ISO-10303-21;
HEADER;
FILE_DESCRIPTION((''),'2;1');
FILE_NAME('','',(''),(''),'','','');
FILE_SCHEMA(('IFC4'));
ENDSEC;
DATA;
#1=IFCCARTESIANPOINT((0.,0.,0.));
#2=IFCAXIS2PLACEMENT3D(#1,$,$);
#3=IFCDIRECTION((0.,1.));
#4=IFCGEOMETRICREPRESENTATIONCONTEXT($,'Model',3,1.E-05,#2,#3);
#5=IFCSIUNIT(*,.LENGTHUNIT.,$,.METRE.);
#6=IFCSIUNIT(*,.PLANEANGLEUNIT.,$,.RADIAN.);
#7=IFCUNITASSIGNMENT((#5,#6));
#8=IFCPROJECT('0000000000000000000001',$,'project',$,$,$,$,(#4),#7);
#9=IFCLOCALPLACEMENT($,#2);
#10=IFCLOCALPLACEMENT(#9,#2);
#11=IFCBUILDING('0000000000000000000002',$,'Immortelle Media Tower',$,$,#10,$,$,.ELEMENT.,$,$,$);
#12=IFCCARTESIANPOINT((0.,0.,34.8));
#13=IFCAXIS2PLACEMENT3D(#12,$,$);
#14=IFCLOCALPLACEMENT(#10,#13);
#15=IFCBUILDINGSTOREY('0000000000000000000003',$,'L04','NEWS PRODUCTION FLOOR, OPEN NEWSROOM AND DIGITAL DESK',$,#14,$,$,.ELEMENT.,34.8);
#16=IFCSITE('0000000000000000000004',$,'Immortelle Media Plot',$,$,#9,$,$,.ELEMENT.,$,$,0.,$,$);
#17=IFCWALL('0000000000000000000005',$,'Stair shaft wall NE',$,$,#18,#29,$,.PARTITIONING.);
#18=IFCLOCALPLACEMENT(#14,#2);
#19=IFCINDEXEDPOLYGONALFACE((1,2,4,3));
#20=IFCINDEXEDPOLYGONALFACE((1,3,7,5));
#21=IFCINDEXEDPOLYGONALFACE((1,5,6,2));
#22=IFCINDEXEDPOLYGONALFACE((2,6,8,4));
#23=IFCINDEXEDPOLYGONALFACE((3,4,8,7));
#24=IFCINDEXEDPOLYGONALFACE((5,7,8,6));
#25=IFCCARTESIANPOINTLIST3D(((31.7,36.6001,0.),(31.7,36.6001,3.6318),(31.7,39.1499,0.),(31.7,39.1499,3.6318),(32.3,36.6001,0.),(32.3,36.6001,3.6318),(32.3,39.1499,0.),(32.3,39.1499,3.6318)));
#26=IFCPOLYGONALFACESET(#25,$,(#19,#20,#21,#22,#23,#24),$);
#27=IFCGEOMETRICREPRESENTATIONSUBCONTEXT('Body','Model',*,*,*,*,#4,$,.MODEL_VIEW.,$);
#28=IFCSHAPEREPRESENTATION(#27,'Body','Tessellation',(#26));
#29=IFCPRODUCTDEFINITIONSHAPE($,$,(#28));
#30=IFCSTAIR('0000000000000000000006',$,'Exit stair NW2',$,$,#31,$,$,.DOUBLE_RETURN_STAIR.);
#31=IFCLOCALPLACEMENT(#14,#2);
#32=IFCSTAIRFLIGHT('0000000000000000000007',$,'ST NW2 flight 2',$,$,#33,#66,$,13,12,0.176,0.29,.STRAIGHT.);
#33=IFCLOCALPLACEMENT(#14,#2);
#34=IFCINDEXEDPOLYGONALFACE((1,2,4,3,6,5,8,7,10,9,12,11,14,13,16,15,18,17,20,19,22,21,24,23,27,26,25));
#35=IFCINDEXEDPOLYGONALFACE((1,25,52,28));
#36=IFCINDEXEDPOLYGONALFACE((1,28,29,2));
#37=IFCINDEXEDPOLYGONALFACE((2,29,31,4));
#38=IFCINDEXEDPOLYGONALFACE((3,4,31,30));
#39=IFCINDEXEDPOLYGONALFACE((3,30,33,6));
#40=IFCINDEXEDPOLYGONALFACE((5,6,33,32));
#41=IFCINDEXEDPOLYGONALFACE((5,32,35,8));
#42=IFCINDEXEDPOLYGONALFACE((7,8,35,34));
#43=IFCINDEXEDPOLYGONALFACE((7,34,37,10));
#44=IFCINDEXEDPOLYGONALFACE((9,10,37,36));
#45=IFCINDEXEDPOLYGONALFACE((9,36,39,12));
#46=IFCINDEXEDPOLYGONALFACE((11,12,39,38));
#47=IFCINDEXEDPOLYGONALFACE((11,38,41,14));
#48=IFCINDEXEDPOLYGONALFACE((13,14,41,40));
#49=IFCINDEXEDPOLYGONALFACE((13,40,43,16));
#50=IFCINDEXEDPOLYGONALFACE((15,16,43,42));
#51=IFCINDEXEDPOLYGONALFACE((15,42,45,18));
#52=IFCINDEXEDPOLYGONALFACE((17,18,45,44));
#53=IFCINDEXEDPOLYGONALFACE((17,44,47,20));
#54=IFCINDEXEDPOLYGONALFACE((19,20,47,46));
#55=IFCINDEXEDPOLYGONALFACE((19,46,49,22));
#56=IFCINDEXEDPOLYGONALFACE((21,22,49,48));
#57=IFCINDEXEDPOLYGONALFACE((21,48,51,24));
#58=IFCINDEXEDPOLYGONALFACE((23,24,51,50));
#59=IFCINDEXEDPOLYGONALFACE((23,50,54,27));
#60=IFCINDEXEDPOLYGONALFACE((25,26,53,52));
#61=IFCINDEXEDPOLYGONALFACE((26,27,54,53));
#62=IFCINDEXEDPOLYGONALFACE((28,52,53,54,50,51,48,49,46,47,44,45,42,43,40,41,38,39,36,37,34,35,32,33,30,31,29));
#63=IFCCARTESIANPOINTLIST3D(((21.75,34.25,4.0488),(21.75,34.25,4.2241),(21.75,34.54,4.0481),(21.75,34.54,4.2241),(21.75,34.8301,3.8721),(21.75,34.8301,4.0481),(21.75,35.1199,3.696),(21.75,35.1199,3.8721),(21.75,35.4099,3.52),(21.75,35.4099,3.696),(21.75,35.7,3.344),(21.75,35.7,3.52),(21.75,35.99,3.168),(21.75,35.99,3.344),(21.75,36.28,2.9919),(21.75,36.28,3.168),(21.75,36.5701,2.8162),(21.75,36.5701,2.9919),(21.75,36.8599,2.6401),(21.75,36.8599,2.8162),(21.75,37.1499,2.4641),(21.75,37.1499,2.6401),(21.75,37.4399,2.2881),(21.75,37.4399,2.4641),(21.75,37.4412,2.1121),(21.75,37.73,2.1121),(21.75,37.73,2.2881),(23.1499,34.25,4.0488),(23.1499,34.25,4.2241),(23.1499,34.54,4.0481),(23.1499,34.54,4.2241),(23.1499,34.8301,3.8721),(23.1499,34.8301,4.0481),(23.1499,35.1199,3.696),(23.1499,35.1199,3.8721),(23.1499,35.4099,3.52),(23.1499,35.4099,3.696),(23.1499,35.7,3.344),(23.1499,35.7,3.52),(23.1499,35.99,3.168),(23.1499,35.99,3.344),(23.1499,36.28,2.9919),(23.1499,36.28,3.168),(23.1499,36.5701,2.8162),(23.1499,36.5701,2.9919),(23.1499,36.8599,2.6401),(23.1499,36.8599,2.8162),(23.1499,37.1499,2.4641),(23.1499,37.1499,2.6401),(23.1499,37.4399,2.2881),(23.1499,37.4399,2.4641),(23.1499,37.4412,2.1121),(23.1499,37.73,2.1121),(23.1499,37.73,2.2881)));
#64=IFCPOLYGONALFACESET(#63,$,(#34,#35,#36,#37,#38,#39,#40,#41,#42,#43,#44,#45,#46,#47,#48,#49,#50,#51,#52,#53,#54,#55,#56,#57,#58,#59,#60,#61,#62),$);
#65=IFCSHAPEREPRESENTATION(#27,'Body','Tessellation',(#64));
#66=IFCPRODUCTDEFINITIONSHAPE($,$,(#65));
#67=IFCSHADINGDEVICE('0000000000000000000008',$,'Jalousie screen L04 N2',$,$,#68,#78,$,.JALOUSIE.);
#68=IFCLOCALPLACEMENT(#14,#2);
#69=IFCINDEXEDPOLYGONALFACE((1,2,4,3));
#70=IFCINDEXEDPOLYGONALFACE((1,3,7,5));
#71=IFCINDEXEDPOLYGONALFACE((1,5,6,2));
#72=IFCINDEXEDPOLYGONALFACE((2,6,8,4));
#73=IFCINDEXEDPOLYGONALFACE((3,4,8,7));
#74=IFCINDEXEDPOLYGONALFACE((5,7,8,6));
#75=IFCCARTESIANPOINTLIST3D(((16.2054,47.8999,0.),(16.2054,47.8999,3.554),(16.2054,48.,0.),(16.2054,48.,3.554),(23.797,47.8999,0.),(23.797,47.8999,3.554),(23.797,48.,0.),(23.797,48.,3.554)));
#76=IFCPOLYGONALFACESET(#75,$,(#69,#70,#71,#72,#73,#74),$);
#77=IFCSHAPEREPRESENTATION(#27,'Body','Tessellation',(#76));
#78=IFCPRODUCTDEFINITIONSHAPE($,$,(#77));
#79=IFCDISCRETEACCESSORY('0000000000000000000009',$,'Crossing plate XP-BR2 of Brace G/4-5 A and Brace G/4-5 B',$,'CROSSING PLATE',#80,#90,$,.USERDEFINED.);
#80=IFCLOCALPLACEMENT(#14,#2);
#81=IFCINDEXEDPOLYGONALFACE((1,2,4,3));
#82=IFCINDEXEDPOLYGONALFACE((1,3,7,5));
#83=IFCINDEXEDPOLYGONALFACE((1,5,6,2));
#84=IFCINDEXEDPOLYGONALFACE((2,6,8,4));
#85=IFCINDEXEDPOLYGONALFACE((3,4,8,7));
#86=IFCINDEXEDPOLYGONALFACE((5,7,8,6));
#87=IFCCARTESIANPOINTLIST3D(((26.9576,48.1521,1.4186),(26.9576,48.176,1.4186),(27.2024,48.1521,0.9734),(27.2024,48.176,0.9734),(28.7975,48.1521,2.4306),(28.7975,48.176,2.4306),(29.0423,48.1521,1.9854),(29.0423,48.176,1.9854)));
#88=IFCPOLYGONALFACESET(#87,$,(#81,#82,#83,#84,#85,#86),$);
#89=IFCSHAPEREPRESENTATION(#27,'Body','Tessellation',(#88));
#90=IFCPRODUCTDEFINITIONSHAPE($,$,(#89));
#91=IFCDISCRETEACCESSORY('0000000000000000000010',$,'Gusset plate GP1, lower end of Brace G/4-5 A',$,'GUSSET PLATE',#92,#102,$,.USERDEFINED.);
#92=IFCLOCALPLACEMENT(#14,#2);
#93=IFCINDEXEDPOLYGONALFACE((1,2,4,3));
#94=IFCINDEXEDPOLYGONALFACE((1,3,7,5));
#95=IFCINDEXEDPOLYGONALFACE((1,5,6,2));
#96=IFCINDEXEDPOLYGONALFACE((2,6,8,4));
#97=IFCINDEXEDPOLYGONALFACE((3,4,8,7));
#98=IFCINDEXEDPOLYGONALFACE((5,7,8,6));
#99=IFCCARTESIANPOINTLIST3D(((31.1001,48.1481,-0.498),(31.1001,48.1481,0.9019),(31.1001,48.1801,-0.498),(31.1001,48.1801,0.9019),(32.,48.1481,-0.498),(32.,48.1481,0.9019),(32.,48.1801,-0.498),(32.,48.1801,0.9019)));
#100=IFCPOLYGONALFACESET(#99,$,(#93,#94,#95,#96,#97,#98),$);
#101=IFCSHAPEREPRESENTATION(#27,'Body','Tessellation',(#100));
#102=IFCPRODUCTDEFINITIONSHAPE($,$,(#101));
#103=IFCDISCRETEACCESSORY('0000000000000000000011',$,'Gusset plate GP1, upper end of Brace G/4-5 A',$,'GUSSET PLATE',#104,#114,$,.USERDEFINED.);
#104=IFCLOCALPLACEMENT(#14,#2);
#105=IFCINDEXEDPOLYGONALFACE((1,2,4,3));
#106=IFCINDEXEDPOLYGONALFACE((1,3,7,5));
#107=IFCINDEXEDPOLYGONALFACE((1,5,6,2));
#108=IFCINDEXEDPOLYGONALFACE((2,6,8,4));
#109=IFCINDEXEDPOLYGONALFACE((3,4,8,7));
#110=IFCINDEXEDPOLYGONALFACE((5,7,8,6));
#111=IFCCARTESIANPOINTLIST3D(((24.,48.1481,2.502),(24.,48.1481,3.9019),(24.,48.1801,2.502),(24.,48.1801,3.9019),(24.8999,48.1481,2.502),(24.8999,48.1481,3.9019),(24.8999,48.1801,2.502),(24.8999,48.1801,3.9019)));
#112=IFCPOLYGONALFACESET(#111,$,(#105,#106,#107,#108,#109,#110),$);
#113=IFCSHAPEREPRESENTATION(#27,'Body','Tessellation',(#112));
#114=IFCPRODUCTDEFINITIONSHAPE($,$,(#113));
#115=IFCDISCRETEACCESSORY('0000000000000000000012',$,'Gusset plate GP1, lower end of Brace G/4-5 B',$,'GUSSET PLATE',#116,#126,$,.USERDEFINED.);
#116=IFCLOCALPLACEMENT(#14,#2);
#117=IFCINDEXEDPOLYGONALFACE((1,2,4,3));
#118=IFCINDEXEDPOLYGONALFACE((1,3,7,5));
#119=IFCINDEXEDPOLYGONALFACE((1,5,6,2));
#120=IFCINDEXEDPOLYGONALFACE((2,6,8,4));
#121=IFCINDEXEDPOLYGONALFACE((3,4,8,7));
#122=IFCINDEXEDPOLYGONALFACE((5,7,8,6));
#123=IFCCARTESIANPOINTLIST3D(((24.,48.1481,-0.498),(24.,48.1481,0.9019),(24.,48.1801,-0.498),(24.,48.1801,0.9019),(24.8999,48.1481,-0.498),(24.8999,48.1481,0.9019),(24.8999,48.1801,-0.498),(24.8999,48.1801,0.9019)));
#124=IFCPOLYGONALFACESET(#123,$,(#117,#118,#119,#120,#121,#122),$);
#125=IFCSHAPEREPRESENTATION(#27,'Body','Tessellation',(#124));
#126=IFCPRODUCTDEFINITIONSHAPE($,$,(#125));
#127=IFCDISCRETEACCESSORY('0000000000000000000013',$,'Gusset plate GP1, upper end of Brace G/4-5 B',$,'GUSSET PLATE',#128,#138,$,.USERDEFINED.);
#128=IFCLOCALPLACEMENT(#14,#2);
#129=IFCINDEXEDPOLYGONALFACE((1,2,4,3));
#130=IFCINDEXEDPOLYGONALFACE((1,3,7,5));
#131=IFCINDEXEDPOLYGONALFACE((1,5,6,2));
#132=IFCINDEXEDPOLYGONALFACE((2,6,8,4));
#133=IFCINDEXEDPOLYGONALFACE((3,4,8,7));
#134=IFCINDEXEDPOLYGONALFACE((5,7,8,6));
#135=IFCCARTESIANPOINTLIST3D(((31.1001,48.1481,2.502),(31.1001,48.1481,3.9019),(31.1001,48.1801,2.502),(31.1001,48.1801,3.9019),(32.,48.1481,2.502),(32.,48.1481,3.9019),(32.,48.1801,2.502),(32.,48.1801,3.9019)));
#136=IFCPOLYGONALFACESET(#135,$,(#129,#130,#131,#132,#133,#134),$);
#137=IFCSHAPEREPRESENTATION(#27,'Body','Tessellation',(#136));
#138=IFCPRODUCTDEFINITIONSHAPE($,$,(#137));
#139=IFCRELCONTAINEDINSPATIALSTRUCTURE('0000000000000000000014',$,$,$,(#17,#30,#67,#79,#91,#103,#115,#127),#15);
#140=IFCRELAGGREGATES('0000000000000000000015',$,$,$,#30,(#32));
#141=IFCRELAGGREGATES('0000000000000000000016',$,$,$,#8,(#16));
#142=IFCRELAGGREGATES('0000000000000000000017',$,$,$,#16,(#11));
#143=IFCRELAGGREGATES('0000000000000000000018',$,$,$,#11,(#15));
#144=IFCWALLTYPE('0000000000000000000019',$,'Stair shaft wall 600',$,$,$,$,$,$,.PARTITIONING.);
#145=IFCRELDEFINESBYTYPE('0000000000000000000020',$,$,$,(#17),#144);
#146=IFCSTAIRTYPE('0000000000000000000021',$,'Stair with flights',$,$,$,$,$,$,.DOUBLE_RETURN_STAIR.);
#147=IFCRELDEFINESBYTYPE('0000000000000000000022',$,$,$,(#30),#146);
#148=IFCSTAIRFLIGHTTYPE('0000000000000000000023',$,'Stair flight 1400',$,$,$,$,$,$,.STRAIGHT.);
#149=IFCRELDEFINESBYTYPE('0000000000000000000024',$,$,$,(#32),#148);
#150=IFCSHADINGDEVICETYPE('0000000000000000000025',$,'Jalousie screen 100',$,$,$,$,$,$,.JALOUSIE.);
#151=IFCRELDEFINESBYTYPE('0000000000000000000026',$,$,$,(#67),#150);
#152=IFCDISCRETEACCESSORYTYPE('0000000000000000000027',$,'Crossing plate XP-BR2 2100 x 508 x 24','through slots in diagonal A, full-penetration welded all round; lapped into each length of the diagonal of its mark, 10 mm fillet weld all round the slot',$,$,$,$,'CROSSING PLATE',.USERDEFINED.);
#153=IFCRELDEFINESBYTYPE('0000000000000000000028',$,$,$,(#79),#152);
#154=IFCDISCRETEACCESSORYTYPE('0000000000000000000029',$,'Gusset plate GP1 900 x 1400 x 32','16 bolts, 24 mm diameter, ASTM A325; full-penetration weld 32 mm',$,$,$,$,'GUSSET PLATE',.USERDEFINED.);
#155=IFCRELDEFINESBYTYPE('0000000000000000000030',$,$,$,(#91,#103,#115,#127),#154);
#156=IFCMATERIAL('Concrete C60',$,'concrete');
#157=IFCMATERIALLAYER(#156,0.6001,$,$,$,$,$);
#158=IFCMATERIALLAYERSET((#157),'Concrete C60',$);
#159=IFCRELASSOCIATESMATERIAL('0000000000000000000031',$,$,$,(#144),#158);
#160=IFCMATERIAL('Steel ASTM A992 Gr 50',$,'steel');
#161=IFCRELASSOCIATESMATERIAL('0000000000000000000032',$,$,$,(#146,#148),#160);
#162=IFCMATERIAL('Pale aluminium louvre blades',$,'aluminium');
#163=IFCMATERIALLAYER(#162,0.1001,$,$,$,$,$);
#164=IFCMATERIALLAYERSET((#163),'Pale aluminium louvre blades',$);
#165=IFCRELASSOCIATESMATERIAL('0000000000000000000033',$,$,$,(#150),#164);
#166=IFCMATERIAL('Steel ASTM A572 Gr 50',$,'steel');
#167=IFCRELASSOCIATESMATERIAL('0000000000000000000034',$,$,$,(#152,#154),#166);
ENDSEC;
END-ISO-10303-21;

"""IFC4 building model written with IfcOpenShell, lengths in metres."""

from ifc_helpers import new_model, si_unit, direction, frame, frame_2d, origin, origin_2d, place, context, subcontext, project, spatial, polyline, rectangle, outline, extrude, material, layer, layer_set, material_profile, profile_set, type_object, element, aggregate, save


model = new_model("IFC4")

# Units and contexts
model_context = context("Model", 3, precision=1e-05, world=origin(), true_north=direction((0.0, 1.0)))
body_context = subcontext(model_context, "Body", "Model", "MODEL_VIEW")
ifc_project = project(units=[si_unit("LENGTHUNIT", "METRE"), si_unit("PLANEANGLEUNIT", "RADIAN")], contexts=[model_context])

# Site, building, storey
site_placement = place(None, origin())
site = spatial("IfcSite", under=ifc_project, at=site_placement, Name="Immortelle Media Plot", CompositionType="ELEMENT", RefElevation=0.0)
building_placement = place(site_placement, origin())
building = spatial("IfcBuilding", under=site, at=building_placement, Name="Immortelle Media Tower", CompositionType="ELEMENT")
storey_placement = place(building_placement, frame((0.0, 0.0, 34.8)))
storey = spatial("IfcBuildingStorey", under=building, at=storey_placement, Name="L04", Description="NEWS PRODUCTION FLOOR, OPEN NEWSROOM AND DIGITAL DESK", CompositionType="ELEMENT", Elevation=34.8)

# Shared definitions
ifc_material_1 = material(Name="Steel ASTM A992 Gr 50", Category="steel")

# Wall
ifc_material_2 = material(Name="Concrete C60", Category="concrete")
ifc_layer_1 = layer(ifc_material_2, 0.6001)
ifc_layer_set_1 = layer_set([ifc_layer_1], Name="Concrete C60")
wall_type_1 = type_object("IfcWallType", Name="Stair shaft wall 600", PredefinedType="PARTITIONING", material=ifc_layer_set_1)
wall_1_placement = place(storey_placement, frame((32.0, 36.6001, 0.0), z_axis=(0.0, 0.0, 1.0), x_axis=(0.0, 1.0, 0.0)))
element("IfcWall", 1, at=wall_1_placement, inside=storey, type_object=wall_type_1, Name="Stair shaft wall NE", PredefinedType="PARTITIONING", context=body_context, shape_type="SweptSolid", body=[
    extrude(rectangle(XDim=2.5498, YDim=0.6001, at=frame_2d((1.2749, 0.0))), origin(), (0.0, 0.0, 1.0), 3.6318),
])

# Stair, stair flight
stair_type = type_object("IfcStairType", Name="Stair with flights", PredefinedType="DOUBLE_RETURN_STAIR", material=ifc_material_1)
stair_placement = place(storey_placement, origin())
stair = element("IfcStair", 2, at=stair_placement, inside=storey, type_object=stair_type, Name="Exit stair NW2", PredefinedType="DOUBLE_RETURN_STAIR")
stair_flight_type = type_object("IfcStairFlightType", Name="Stair flight 1400", PredefinedType="STRAIGHT", material=ifc_material_1)
stair_flight_placement = place(storey_placement, frame((22.45, 37.73, 2.1121), z_axis=(0.0, 0.0, 1.0), x_axis=(0.0, -1.0, 0.0)))
stair_flight = element("IfcStairFlight", 3, at=stair_flight_placement, type_object=stair_flight_type, Name="ST NW2 flight 2", NumberOfRisers=13, NumberOfTreads=12, PredefinedType="STRAIGHT", RiserHeight=0.176, TreadLength=0.29, context=body_context, shape_type="SweptSolid", body=[
    extrude(outline(polyline([(0.0, 0.0), (0.0, 0.176), (0.29, 0.176), (0.29, 0.3521), (0.5801, 0.3521), (0.5801, 0.5281), (0.8701, 0.5281), (0.8701, 0.7041), (1.1599, 0.7041), (1.1599, 0.8799), (1.45, 0.8799), (1.45, 1.0559), (1.74, 1.0559), (1.74, 1.2319), (2.03, 1.2319), (2.03, 1.408), (2.3201, 1.408), (2.3201, 1.584), (2.6101, 1.584), (2.6101, 1.76), (2.8999, 1.76), (2.8999, 1.936), (3.1899, 1.936), (3.1899, 2.1121), (3.48, 2.1121), (3.48, 2.2881), (3.48, 1.9368), (0.2888, 0.0), (0.0, 0.0)])), frame((0.0, 0.7, 0.0), z_axis=(0.0, -1.0, 0.0), x_axis=(1.0, 0.0, 0.0)), (0.0, 0.0, 1.0), 1.3999),
])
aggregate(stair, [stair_flight])

# Shading device
ifc_material_3 = material(Name="Pale aluminium louvre blades", Category="aluminium")
ifc_layer_2 = layer(ifc_material_3, 0.1001)
ifc_layer_set_2 = layer_set([ifc_layer_2], Name="Pale aluminium louvre blades")
shading_device_type = type_object("IfcShadingDeviceType", Name="Jalousie screen 100", PredefinedType="JALOUSIE", material=ifc_layer_set_2)
shading_device_placement = place(storey_placement, frame((20.0012, 47.95, 0.0), z_axis=(0.0, 0.0, 1.0), x_axis=(-1.0, 0.0, 0.0)))
element("IfcShadingDevice", 4, at=shading_device_placement, inside=storey, type_object=shading_device_type, Name="Jalousie screen L04 N2", PredefinedType="JALOUSIE", context=body_context, shape_type="SweptSolid", body=[
    extrude(rectangle(XDim=7.5916, YDim=0.1001, at=origin_2d()), origin(), (0.0, 0.0, 1.0), 3.554),
])

# Discrete accessories
ifc_material_4 = material(Name="Steel ASTM A572 Gr 50", Category="steel")
ifc_material_profile_1 = material_profile(ifc_material_4, rectangle(XDim=0.0239, YDim=0.5081, at=origin_2d()), Name="PL 24 x 508")
ifc_profile_set_1 = profile_set([ifc_material_profile_1], Name="Steel ASTM A572 Gr 50")
discrete_accessory_type_1 = type_object("IfcDiscreteAccessoryType", Name="Crossing plate XP-BR2 2100 x 508 x 24", Description="through slots in diagonal A, full-penetration welded all round; lapped into each length of the diagonal of its mark, 10 mm fillet weld all round the slot", ElementType="CROSSING PLATE", PredefinedType="USERDEFINED", material=ifc_profile_set_1)
discrete_accessory_placement = place(storey_placement, frame((28.9199, 48.1641, 2.208), z_axis=(-0.876206, 0.0, -0.481937), x_axis=(0.0, -1.0, 0.0)))
element("IfcDiscreteAccessory", 5, at=discrete_accessory_placement, inside=storey, type_object=discrete_accessory_type_1, Name="Crossing plate XP-BR2 of Brace G/4-5 A and Brace G/4-5 B", ObjectType="CROSSING PLATE", PredefinedType="USERDEFINED", context=body_context, shape_type="SweptSolid", body=[
    extrude(rectangle(XDim=0.0239, YDim=0.5081, at=origin_2d()), origin(), (0.0, 0.0, 1.0), 2.0999),
])
ifc_material_profile_2 = material_profile(ifc_material_4, rectangle(XDim=0.032, YDim=1.3999, at=origin_2d()), Name="PL 32 x 1400")
ifc_profile_set_2 = profile_set([ifc_material_profile_2], Name="Steel ASTM A572 Gr 50")
discrete_accessory_type_2 = type_object("IfcDiscreteAccessoryType", Name="Gusset plate GP1 900 x 1400 x 32", Description="16 bolts, 24 mm diameter, ASTM A325; full-penetration weld 32 mm", ElementType="GUSSET PLATE", PredefinedType="USERDEFINED", material=ifc_profile_set_2)
for number, where, z_axis, x_axis, name in (
    (6, (32.0, 48.1641, 0.2019), (-1.0, 0.0, 0.0), (0.0, -1.0, 0.0), "Gusset plate GP1, lower end of Brace G/4-5 A"),
    (7, (24.0, 48.1641, 3.2019), (1.0, 0.0, 0.0), (0.0, 1.0, 0.0), "Gusset plate GP1, upper end of Brace G/4-5 A"),
    (8, (24.0, 48.1641, 0.2019), (1.0, 0.0, 0.0), (0.0, 1.0, 0.0), "Gusset plate GP1, lower end of Brace G/4-5 B"),
    (9, (32.0, 48.1641, 3.2019), (-1.0, 0.0, 0.0), (0.0, -1.0, 0.0), "Gusset plate GP1, upper end of Brace G/4-5 B"),
):
    element("IfcDiscreteAccessory", number, at=place(storey_placement, frame(where, z_axis=z_axis, x_axis=x_axis)), inside=storey, type_object=discrete_accessory_type_2, Name=name, ObjectType="GUSSET PLATE", PredefinedType="USERDEFINED", context=body_context, shape_type="SweptSolid", body=[
        extrude(rectangle(XDim=0.032, YDim=1.3999, at=origin_2d()), origin(), (0.0, 0.0, 1.0), 0.8999),
    ])

save(model, "model.ifc")
